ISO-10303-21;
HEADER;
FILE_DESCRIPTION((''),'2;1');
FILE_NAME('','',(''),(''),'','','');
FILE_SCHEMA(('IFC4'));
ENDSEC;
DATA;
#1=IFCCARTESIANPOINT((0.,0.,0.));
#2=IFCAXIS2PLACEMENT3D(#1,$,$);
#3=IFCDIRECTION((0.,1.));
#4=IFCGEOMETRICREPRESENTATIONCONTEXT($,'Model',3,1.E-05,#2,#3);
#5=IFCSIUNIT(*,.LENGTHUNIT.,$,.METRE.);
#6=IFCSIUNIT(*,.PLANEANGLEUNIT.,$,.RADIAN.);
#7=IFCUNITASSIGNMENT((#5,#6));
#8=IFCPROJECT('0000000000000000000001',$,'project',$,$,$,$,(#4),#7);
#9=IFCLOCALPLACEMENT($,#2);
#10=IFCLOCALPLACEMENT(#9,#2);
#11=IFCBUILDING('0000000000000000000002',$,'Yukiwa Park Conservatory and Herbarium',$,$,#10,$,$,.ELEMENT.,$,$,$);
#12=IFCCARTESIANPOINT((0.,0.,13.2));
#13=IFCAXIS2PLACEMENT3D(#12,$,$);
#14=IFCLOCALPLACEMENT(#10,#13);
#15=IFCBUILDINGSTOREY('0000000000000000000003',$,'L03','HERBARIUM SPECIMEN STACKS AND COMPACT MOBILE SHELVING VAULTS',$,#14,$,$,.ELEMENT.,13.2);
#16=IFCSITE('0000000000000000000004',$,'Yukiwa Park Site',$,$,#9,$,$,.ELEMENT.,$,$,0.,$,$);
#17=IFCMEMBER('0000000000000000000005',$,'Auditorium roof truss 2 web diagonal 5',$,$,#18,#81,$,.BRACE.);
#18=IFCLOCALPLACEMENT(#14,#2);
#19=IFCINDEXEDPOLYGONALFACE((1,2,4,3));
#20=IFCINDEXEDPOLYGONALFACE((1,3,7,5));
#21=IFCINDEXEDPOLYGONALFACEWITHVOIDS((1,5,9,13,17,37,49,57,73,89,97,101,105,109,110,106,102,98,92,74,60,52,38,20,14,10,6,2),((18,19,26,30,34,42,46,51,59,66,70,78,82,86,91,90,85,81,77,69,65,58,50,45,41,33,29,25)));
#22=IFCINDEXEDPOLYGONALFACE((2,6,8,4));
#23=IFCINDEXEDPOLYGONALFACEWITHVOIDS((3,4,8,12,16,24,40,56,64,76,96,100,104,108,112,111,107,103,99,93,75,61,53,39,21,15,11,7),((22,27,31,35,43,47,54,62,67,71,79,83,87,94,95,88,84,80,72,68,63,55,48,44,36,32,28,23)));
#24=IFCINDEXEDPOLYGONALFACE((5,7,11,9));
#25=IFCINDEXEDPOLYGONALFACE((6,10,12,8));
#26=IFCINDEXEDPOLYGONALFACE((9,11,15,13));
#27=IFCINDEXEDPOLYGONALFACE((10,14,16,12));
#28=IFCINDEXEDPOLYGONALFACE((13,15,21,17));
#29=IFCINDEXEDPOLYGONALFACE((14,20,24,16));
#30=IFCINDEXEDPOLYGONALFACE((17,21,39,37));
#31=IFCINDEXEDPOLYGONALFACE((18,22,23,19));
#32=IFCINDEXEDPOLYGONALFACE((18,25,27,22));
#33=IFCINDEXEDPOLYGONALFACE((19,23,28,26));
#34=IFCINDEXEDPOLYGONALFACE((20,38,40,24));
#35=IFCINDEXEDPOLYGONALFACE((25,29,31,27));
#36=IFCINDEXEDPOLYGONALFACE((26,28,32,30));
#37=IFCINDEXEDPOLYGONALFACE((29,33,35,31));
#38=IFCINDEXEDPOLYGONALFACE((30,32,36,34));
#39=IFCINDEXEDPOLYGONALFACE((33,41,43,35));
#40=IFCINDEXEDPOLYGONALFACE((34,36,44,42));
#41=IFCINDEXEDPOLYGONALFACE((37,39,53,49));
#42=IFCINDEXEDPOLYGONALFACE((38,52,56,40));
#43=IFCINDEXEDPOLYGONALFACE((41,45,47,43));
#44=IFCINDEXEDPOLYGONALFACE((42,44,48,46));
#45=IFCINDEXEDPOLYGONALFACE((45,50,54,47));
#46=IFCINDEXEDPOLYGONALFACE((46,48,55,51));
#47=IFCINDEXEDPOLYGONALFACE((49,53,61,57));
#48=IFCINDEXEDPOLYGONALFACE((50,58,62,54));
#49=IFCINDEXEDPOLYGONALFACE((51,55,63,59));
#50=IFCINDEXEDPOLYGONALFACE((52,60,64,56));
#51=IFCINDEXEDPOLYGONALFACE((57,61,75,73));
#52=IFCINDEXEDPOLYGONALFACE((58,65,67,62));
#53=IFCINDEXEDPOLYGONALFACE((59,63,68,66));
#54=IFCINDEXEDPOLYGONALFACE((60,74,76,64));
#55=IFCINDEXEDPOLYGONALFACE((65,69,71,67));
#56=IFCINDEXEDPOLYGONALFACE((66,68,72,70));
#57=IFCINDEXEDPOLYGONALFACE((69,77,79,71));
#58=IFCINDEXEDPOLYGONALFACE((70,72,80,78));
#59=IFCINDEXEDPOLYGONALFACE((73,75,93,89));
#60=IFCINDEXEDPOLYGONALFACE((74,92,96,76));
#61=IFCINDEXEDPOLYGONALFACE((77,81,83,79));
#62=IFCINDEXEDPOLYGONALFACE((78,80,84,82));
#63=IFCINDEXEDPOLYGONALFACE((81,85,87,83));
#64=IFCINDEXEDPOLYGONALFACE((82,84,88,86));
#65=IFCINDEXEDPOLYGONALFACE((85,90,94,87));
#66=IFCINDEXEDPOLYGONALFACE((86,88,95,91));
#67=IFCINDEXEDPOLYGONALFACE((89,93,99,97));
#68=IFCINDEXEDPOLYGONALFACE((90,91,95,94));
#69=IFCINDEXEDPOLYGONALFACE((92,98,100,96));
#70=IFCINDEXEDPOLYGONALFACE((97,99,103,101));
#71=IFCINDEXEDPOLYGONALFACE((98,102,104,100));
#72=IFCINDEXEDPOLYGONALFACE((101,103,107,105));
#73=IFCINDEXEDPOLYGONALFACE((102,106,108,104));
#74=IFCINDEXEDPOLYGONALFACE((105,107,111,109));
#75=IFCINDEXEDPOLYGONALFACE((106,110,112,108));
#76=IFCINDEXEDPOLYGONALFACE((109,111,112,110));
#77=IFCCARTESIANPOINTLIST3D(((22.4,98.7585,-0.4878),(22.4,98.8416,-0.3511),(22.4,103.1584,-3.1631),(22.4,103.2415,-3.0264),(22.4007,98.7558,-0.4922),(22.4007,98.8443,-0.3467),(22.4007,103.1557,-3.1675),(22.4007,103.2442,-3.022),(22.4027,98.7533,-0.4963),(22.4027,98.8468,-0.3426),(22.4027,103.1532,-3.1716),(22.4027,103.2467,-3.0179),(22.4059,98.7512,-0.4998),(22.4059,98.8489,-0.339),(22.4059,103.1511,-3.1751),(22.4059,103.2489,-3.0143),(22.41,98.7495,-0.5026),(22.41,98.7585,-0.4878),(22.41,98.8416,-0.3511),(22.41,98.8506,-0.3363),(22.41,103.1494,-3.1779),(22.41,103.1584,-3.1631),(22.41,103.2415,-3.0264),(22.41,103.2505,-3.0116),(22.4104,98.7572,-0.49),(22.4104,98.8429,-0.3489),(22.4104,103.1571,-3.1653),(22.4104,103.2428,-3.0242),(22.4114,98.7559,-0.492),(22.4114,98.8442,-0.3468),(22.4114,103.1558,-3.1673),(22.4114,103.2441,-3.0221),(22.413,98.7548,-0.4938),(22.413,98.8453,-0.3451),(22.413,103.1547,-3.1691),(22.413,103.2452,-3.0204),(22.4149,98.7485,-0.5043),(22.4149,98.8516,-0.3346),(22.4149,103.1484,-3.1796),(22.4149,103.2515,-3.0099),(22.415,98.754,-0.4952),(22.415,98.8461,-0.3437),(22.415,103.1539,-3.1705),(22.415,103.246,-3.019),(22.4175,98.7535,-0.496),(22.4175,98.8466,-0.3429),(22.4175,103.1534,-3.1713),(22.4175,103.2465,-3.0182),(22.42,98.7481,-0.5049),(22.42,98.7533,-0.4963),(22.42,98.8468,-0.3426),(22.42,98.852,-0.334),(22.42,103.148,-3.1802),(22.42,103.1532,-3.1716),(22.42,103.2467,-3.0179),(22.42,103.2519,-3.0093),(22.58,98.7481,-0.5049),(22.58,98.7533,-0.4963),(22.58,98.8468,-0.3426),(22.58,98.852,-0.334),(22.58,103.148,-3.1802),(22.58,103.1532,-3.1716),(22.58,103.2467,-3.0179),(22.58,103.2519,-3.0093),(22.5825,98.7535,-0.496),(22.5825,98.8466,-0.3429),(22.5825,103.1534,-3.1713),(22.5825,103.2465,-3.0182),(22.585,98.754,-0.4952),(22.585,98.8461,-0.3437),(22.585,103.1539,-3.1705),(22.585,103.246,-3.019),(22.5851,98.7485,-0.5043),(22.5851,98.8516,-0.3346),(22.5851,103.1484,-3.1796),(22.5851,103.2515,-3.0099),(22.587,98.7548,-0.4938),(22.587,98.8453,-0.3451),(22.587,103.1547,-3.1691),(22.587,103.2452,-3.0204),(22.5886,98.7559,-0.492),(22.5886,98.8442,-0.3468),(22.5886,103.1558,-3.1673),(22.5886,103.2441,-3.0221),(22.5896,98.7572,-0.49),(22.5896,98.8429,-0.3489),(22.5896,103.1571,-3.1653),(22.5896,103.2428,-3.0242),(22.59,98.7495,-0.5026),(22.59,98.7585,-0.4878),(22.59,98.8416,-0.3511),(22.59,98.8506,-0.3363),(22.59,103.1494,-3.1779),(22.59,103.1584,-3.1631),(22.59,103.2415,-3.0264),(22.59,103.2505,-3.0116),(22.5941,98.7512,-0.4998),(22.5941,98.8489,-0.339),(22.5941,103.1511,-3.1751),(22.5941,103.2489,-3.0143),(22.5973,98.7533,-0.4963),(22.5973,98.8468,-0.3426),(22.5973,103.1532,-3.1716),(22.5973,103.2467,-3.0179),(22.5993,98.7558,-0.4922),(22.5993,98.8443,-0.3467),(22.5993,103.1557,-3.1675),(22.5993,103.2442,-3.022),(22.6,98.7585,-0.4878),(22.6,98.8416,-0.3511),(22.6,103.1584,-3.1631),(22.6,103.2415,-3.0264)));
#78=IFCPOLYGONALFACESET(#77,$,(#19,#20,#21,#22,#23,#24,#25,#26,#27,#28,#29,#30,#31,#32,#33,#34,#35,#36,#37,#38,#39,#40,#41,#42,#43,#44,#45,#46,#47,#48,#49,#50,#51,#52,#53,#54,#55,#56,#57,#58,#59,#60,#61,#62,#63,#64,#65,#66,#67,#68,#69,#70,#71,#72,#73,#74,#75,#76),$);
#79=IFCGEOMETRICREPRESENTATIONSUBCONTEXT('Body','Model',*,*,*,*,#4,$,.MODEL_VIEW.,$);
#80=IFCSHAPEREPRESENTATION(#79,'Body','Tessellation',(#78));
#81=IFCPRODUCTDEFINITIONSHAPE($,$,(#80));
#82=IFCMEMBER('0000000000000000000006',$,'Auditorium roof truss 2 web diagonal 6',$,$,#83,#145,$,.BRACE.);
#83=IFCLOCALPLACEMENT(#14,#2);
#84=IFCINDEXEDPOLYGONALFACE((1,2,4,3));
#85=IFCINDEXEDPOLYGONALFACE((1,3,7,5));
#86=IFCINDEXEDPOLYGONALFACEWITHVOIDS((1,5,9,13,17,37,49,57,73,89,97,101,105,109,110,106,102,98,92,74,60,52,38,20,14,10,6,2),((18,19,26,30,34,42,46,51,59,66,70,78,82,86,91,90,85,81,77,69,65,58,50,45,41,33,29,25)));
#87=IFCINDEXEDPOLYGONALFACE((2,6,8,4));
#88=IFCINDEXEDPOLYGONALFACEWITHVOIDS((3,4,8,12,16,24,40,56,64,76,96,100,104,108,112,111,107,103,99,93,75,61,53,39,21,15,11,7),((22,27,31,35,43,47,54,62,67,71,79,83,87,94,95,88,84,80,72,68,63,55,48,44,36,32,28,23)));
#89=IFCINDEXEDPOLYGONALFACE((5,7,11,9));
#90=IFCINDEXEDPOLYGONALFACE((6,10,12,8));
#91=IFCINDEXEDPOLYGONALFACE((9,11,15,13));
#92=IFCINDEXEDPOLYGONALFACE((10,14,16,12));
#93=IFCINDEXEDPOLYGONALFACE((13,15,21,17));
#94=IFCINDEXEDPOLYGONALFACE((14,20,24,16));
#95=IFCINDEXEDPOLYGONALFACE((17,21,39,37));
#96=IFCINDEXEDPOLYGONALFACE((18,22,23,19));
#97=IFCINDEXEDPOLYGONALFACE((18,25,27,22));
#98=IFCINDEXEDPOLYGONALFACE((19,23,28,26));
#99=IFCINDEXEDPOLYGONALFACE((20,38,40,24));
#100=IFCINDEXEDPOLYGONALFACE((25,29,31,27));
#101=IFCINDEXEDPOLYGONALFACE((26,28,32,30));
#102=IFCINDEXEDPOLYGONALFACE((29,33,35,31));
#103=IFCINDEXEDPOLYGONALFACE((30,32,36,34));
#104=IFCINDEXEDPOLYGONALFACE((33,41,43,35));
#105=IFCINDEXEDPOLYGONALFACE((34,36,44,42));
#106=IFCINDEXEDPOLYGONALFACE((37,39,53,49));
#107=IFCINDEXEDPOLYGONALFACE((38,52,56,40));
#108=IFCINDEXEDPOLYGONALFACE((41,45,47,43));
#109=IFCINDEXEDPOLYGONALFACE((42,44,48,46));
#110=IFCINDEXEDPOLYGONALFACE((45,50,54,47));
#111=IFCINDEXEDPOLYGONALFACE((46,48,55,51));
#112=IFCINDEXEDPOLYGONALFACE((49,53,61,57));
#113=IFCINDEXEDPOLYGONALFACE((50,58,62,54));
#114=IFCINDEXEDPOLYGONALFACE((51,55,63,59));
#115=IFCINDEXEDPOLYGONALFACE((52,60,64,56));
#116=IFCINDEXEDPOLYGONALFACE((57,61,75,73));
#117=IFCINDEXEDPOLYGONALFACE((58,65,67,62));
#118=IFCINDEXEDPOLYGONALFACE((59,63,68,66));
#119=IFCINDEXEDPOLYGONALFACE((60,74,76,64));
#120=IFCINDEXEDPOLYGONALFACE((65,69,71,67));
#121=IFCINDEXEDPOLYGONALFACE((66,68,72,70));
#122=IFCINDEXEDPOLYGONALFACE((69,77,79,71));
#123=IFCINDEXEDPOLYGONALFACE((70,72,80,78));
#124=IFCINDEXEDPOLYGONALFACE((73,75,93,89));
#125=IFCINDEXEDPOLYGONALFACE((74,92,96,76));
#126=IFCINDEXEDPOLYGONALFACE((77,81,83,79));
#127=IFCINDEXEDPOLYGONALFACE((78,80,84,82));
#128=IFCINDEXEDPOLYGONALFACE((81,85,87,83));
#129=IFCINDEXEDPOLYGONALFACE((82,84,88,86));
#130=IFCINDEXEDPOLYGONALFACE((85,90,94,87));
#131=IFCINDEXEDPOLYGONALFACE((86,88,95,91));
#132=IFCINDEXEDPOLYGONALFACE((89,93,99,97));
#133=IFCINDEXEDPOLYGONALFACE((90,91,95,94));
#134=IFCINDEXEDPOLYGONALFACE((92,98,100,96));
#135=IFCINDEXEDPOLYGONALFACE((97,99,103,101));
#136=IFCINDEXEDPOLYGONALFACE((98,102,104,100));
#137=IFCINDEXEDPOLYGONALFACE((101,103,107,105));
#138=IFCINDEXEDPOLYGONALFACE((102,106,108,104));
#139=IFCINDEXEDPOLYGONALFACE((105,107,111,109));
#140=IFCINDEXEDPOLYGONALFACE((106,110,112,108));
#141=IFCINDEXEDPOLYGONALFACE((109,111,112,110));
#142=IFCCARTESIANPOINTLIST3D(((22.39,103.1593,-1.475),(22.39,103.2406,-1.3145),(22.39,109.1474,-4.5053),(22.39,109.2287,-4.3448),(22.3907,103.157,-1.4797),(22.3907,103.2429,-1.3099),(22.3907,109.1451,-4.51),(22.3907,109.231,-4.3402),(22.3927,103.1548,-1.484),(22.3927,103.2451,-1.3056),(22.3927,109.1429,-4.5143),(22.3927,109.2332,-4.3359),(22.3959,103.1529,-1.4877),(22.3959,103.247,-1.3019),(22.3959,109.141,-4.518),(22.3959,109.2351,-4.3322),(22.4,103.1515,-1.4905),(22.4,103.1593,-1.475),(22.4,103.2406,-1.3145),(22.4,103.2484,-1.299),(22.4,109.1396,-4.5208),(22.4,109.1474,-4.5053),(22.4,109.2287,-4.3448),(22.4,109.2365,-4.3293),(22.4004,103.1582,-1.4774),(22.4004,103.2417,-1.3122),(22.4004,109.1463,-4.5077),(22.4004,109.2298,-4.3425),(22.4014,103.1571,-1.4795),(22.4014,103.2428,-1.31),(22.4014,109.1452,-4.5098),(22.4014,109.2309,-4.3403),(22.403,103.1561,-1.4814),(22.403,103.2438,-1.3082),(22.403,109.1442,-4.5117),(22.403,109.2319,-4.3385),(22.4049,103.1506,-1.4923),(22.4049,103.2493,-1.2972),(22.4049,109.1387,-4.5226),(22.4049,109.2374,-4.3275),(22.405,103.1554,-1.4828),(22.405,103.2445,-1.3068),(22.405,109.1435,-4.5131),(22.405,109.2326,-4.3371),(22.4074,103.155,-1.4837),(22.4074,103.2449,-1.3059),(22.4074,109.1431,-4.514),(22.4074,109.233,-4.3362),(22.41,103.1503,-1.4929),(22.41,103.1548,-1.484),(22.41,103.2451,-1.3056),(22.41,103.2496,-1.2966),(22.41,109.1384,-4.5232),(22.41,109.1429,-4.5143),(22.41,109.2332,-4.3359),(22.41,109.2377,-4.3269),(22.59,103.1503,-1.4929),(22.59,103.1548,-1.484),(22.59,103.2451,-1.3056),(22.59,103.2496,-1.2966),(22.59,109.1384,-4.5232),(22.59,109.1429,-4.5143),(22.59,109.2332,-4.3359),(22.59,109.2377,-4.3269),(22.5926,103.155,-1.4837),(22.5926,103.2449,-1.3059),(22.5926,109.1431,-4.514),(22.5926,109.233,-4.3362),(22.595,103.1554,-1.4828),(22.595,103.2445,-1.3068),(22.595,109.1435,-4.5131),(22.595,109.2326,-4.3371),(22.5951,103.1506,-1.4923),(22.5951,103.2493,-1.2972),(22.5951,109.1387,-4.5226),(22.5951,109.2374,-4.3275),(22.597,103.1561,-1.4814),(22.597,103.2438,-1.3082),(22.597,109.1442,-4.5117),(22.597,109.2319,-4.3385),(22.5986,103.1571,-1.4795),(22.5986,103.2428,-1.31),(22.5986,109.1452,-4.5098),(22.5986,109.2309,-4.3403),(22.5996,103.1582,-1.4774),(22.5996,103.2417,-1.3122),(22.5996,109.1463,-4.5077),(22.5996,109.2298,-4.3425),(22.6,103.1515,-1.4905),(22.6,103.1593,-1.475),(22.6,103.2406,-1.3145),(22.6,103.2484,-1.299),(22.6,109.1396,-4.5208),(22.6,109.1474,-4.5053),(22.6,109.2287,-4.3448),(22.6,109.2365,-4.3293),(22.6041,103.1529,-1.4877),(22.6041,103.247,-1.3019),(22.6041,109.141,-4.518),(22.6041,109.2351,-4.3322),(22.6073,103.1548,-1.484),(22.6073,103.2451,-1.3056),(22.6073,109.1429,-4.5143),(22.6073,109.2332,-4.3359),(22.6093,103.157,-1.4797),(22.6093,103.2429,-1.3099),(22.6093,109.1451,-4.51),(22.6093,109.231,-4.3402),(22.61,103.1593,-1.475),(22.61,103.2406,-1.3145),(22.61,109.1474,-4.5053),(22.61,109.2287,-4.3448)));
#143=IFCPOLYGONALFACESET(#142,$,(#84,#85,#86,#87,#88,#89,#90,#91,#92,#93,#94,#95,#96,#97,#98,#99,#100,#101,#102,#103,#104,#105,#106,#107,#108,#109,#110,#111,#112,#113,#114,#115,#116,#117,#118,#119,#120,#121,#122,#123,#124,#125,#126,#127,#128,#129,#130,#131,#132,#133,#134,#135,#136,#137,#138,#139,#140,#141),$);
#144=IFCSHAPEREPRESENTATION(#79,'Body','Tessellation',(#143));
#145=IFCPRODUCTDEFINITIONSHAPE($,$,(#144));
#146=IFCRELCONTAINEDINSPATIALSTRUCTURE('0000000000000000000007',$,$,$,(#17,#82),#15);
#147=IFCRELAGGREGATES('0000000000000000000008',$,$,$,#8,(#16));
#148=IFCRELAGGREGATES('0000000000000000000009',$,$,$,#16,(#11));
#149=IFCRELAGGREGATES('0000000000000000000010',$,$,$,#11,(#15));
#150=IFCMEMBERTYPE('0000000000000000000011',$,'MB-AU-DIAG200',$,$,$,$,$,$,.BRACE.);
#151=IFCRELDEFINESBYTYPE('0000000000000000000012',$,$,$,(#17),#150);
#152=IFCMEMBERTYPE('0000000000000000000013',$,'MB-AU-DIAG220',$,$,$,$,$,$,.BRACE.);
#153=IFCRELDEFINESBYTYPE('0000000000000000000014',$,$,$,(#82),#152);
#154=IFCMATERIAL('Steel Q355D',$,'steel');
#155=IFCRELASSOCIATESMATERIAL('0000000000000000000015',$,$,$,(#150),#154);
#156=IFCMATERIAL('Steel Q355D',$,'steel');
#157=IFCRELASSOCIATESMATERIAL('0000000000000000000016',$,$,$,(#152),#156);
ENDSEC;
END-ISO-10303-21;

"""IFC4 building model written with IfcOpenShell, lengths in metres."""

from ifc_helpers import new_model, si_unit, direction, frame, origin, origin_2d, place, context, subcontext, project, spatial, hollow_rectangle, extrude, material, material_profile, profile_set, type_object, element, save


model = new_model("IFC4")

# Units and contexts
model_context = context("Model", 3, precision=1e-05, world=origin(), true_north=direction((0.0, 1.0)))
body_context = subcontext(model_context, "Body", "Model", "MODEL_VIEW")
ifc_project = project(units=[si_unit("LENGTHUNIT", "METRE"), si_unit("PLANEANGLEUNIT", "RADIAN")], contexts=[model_context])

# Site, building, storey
site_placement = place(None, origin())
site = spatial("IfcSite", under=ifc_project, at=site_placement, Name="Yukiwa Park Site", CompositionType="ELEMENT", RefElevation=0.0)
building_placement = place(site_placement, origin())
building = spatial("IfcBuilding", under=site, at=building_placement, Name="Yukiwa Park Conservatory and Herbarium", CompositionType="ELEMENT")
storey_placement = place(building_placement, frame((0.0, 0.0, 13.2)))
storey = spatial("IfcBuildingStorey", under=building, at=storey_placement, Name="L03", Description="HERBARIUM SPECIMEN STACKS AND COMPACT MOBILE SHELVING VAULTS", CompositionType="ELEMENT", Elevation=13.2)

# Members
ifc_material_1 = material(Name="Steel Q355D", Category="steel")
ifc_material_profile_1 = material_profile(ifc_material_1, hollow_rectangle(XDim=0.2, YDim=0.2, WallThickness=0.01, InnerFilletRadius=0.01, OuterFilletRadius=0.02, at=origin_2d()), Name="SHS 200x200x10")
ifc_profile_set_1 = profile_set([ifc_material_profile_1], Name="Steel Q355D")
member_type_1 = type_object("IfcMemberType", Name="MB-AU-DIAG200", PredefinedType="BRACE", material=ifc_profile_set_1)
member_1_placement = place(storey_placement, frame((22.5, 98.8, -0.4194), z_axis=(0.0, 0.854449, -0.519535), x_axis=(-1.0, 0.0, 0.0)))
element("IfcMember", 1, at=member_1_placement, inside=storey, type_object=member_type_1, Name="Auditorium roof truss 2 web diagonal 5", PredefinedType="BRACE", context=body_context, shape_type="SweptSolid", body=[
    extrude(hollow_rectangle(XDim=0.2, YDim=0.2, WallThickness=0.01, InnerFilletRadius=0.01, OuterFilletRadius=0.02, at=origin_2d()), origin(), (0.0, 0.0, 1.0), 5.1494),
])
ifc_material_2 = material(Name="Steel Q355D", Category="steel")
ifc_material_profile_2 = material_profile(ifc_material_2, hollow_rectangle(XDim=0.22, YDim=0.22, WallThickness=0.01, InnerFilletRadius=0.01, OuterFilletRadius=0.02, at=origin_2d()), Name="SHS 220x220x10")
ifc_profile_set_2 = profile_set([ifc_material_profile_2], Name="Steel Q355D")
member_type_2 = type_object("IfcMemberType", Name="MB-AU-DIAG220", PredefinedType="BRACE", material=ifc_profile_set_2)
member_2_placement = place(storey_placement, frame((22.5, 103.2, -1.3948), z_axis=(0.0, 0.892256, -0.45153), x_axis=(-1.0, 0.0, 0.0)))
element("IfcMember", 2, at=member_2_placement, inside=storey, type_object=member_type_2, Name="Auditorium roof truss 2 web diagonal 6", PredefinedType="BRACE", context=body_context, shape_type="SweptSolid", body=[
    extrude(hollow_rectangle(XDim=0.22, YDim=0.22, WallThickness=0.01, InnerFilletRadius=0.01, OuterFilletRadius=0.02, at=origin_2d()), origin(), (0.0, 0.0, 1.0), 6.7112),
])

save(model, "model.ifc")
